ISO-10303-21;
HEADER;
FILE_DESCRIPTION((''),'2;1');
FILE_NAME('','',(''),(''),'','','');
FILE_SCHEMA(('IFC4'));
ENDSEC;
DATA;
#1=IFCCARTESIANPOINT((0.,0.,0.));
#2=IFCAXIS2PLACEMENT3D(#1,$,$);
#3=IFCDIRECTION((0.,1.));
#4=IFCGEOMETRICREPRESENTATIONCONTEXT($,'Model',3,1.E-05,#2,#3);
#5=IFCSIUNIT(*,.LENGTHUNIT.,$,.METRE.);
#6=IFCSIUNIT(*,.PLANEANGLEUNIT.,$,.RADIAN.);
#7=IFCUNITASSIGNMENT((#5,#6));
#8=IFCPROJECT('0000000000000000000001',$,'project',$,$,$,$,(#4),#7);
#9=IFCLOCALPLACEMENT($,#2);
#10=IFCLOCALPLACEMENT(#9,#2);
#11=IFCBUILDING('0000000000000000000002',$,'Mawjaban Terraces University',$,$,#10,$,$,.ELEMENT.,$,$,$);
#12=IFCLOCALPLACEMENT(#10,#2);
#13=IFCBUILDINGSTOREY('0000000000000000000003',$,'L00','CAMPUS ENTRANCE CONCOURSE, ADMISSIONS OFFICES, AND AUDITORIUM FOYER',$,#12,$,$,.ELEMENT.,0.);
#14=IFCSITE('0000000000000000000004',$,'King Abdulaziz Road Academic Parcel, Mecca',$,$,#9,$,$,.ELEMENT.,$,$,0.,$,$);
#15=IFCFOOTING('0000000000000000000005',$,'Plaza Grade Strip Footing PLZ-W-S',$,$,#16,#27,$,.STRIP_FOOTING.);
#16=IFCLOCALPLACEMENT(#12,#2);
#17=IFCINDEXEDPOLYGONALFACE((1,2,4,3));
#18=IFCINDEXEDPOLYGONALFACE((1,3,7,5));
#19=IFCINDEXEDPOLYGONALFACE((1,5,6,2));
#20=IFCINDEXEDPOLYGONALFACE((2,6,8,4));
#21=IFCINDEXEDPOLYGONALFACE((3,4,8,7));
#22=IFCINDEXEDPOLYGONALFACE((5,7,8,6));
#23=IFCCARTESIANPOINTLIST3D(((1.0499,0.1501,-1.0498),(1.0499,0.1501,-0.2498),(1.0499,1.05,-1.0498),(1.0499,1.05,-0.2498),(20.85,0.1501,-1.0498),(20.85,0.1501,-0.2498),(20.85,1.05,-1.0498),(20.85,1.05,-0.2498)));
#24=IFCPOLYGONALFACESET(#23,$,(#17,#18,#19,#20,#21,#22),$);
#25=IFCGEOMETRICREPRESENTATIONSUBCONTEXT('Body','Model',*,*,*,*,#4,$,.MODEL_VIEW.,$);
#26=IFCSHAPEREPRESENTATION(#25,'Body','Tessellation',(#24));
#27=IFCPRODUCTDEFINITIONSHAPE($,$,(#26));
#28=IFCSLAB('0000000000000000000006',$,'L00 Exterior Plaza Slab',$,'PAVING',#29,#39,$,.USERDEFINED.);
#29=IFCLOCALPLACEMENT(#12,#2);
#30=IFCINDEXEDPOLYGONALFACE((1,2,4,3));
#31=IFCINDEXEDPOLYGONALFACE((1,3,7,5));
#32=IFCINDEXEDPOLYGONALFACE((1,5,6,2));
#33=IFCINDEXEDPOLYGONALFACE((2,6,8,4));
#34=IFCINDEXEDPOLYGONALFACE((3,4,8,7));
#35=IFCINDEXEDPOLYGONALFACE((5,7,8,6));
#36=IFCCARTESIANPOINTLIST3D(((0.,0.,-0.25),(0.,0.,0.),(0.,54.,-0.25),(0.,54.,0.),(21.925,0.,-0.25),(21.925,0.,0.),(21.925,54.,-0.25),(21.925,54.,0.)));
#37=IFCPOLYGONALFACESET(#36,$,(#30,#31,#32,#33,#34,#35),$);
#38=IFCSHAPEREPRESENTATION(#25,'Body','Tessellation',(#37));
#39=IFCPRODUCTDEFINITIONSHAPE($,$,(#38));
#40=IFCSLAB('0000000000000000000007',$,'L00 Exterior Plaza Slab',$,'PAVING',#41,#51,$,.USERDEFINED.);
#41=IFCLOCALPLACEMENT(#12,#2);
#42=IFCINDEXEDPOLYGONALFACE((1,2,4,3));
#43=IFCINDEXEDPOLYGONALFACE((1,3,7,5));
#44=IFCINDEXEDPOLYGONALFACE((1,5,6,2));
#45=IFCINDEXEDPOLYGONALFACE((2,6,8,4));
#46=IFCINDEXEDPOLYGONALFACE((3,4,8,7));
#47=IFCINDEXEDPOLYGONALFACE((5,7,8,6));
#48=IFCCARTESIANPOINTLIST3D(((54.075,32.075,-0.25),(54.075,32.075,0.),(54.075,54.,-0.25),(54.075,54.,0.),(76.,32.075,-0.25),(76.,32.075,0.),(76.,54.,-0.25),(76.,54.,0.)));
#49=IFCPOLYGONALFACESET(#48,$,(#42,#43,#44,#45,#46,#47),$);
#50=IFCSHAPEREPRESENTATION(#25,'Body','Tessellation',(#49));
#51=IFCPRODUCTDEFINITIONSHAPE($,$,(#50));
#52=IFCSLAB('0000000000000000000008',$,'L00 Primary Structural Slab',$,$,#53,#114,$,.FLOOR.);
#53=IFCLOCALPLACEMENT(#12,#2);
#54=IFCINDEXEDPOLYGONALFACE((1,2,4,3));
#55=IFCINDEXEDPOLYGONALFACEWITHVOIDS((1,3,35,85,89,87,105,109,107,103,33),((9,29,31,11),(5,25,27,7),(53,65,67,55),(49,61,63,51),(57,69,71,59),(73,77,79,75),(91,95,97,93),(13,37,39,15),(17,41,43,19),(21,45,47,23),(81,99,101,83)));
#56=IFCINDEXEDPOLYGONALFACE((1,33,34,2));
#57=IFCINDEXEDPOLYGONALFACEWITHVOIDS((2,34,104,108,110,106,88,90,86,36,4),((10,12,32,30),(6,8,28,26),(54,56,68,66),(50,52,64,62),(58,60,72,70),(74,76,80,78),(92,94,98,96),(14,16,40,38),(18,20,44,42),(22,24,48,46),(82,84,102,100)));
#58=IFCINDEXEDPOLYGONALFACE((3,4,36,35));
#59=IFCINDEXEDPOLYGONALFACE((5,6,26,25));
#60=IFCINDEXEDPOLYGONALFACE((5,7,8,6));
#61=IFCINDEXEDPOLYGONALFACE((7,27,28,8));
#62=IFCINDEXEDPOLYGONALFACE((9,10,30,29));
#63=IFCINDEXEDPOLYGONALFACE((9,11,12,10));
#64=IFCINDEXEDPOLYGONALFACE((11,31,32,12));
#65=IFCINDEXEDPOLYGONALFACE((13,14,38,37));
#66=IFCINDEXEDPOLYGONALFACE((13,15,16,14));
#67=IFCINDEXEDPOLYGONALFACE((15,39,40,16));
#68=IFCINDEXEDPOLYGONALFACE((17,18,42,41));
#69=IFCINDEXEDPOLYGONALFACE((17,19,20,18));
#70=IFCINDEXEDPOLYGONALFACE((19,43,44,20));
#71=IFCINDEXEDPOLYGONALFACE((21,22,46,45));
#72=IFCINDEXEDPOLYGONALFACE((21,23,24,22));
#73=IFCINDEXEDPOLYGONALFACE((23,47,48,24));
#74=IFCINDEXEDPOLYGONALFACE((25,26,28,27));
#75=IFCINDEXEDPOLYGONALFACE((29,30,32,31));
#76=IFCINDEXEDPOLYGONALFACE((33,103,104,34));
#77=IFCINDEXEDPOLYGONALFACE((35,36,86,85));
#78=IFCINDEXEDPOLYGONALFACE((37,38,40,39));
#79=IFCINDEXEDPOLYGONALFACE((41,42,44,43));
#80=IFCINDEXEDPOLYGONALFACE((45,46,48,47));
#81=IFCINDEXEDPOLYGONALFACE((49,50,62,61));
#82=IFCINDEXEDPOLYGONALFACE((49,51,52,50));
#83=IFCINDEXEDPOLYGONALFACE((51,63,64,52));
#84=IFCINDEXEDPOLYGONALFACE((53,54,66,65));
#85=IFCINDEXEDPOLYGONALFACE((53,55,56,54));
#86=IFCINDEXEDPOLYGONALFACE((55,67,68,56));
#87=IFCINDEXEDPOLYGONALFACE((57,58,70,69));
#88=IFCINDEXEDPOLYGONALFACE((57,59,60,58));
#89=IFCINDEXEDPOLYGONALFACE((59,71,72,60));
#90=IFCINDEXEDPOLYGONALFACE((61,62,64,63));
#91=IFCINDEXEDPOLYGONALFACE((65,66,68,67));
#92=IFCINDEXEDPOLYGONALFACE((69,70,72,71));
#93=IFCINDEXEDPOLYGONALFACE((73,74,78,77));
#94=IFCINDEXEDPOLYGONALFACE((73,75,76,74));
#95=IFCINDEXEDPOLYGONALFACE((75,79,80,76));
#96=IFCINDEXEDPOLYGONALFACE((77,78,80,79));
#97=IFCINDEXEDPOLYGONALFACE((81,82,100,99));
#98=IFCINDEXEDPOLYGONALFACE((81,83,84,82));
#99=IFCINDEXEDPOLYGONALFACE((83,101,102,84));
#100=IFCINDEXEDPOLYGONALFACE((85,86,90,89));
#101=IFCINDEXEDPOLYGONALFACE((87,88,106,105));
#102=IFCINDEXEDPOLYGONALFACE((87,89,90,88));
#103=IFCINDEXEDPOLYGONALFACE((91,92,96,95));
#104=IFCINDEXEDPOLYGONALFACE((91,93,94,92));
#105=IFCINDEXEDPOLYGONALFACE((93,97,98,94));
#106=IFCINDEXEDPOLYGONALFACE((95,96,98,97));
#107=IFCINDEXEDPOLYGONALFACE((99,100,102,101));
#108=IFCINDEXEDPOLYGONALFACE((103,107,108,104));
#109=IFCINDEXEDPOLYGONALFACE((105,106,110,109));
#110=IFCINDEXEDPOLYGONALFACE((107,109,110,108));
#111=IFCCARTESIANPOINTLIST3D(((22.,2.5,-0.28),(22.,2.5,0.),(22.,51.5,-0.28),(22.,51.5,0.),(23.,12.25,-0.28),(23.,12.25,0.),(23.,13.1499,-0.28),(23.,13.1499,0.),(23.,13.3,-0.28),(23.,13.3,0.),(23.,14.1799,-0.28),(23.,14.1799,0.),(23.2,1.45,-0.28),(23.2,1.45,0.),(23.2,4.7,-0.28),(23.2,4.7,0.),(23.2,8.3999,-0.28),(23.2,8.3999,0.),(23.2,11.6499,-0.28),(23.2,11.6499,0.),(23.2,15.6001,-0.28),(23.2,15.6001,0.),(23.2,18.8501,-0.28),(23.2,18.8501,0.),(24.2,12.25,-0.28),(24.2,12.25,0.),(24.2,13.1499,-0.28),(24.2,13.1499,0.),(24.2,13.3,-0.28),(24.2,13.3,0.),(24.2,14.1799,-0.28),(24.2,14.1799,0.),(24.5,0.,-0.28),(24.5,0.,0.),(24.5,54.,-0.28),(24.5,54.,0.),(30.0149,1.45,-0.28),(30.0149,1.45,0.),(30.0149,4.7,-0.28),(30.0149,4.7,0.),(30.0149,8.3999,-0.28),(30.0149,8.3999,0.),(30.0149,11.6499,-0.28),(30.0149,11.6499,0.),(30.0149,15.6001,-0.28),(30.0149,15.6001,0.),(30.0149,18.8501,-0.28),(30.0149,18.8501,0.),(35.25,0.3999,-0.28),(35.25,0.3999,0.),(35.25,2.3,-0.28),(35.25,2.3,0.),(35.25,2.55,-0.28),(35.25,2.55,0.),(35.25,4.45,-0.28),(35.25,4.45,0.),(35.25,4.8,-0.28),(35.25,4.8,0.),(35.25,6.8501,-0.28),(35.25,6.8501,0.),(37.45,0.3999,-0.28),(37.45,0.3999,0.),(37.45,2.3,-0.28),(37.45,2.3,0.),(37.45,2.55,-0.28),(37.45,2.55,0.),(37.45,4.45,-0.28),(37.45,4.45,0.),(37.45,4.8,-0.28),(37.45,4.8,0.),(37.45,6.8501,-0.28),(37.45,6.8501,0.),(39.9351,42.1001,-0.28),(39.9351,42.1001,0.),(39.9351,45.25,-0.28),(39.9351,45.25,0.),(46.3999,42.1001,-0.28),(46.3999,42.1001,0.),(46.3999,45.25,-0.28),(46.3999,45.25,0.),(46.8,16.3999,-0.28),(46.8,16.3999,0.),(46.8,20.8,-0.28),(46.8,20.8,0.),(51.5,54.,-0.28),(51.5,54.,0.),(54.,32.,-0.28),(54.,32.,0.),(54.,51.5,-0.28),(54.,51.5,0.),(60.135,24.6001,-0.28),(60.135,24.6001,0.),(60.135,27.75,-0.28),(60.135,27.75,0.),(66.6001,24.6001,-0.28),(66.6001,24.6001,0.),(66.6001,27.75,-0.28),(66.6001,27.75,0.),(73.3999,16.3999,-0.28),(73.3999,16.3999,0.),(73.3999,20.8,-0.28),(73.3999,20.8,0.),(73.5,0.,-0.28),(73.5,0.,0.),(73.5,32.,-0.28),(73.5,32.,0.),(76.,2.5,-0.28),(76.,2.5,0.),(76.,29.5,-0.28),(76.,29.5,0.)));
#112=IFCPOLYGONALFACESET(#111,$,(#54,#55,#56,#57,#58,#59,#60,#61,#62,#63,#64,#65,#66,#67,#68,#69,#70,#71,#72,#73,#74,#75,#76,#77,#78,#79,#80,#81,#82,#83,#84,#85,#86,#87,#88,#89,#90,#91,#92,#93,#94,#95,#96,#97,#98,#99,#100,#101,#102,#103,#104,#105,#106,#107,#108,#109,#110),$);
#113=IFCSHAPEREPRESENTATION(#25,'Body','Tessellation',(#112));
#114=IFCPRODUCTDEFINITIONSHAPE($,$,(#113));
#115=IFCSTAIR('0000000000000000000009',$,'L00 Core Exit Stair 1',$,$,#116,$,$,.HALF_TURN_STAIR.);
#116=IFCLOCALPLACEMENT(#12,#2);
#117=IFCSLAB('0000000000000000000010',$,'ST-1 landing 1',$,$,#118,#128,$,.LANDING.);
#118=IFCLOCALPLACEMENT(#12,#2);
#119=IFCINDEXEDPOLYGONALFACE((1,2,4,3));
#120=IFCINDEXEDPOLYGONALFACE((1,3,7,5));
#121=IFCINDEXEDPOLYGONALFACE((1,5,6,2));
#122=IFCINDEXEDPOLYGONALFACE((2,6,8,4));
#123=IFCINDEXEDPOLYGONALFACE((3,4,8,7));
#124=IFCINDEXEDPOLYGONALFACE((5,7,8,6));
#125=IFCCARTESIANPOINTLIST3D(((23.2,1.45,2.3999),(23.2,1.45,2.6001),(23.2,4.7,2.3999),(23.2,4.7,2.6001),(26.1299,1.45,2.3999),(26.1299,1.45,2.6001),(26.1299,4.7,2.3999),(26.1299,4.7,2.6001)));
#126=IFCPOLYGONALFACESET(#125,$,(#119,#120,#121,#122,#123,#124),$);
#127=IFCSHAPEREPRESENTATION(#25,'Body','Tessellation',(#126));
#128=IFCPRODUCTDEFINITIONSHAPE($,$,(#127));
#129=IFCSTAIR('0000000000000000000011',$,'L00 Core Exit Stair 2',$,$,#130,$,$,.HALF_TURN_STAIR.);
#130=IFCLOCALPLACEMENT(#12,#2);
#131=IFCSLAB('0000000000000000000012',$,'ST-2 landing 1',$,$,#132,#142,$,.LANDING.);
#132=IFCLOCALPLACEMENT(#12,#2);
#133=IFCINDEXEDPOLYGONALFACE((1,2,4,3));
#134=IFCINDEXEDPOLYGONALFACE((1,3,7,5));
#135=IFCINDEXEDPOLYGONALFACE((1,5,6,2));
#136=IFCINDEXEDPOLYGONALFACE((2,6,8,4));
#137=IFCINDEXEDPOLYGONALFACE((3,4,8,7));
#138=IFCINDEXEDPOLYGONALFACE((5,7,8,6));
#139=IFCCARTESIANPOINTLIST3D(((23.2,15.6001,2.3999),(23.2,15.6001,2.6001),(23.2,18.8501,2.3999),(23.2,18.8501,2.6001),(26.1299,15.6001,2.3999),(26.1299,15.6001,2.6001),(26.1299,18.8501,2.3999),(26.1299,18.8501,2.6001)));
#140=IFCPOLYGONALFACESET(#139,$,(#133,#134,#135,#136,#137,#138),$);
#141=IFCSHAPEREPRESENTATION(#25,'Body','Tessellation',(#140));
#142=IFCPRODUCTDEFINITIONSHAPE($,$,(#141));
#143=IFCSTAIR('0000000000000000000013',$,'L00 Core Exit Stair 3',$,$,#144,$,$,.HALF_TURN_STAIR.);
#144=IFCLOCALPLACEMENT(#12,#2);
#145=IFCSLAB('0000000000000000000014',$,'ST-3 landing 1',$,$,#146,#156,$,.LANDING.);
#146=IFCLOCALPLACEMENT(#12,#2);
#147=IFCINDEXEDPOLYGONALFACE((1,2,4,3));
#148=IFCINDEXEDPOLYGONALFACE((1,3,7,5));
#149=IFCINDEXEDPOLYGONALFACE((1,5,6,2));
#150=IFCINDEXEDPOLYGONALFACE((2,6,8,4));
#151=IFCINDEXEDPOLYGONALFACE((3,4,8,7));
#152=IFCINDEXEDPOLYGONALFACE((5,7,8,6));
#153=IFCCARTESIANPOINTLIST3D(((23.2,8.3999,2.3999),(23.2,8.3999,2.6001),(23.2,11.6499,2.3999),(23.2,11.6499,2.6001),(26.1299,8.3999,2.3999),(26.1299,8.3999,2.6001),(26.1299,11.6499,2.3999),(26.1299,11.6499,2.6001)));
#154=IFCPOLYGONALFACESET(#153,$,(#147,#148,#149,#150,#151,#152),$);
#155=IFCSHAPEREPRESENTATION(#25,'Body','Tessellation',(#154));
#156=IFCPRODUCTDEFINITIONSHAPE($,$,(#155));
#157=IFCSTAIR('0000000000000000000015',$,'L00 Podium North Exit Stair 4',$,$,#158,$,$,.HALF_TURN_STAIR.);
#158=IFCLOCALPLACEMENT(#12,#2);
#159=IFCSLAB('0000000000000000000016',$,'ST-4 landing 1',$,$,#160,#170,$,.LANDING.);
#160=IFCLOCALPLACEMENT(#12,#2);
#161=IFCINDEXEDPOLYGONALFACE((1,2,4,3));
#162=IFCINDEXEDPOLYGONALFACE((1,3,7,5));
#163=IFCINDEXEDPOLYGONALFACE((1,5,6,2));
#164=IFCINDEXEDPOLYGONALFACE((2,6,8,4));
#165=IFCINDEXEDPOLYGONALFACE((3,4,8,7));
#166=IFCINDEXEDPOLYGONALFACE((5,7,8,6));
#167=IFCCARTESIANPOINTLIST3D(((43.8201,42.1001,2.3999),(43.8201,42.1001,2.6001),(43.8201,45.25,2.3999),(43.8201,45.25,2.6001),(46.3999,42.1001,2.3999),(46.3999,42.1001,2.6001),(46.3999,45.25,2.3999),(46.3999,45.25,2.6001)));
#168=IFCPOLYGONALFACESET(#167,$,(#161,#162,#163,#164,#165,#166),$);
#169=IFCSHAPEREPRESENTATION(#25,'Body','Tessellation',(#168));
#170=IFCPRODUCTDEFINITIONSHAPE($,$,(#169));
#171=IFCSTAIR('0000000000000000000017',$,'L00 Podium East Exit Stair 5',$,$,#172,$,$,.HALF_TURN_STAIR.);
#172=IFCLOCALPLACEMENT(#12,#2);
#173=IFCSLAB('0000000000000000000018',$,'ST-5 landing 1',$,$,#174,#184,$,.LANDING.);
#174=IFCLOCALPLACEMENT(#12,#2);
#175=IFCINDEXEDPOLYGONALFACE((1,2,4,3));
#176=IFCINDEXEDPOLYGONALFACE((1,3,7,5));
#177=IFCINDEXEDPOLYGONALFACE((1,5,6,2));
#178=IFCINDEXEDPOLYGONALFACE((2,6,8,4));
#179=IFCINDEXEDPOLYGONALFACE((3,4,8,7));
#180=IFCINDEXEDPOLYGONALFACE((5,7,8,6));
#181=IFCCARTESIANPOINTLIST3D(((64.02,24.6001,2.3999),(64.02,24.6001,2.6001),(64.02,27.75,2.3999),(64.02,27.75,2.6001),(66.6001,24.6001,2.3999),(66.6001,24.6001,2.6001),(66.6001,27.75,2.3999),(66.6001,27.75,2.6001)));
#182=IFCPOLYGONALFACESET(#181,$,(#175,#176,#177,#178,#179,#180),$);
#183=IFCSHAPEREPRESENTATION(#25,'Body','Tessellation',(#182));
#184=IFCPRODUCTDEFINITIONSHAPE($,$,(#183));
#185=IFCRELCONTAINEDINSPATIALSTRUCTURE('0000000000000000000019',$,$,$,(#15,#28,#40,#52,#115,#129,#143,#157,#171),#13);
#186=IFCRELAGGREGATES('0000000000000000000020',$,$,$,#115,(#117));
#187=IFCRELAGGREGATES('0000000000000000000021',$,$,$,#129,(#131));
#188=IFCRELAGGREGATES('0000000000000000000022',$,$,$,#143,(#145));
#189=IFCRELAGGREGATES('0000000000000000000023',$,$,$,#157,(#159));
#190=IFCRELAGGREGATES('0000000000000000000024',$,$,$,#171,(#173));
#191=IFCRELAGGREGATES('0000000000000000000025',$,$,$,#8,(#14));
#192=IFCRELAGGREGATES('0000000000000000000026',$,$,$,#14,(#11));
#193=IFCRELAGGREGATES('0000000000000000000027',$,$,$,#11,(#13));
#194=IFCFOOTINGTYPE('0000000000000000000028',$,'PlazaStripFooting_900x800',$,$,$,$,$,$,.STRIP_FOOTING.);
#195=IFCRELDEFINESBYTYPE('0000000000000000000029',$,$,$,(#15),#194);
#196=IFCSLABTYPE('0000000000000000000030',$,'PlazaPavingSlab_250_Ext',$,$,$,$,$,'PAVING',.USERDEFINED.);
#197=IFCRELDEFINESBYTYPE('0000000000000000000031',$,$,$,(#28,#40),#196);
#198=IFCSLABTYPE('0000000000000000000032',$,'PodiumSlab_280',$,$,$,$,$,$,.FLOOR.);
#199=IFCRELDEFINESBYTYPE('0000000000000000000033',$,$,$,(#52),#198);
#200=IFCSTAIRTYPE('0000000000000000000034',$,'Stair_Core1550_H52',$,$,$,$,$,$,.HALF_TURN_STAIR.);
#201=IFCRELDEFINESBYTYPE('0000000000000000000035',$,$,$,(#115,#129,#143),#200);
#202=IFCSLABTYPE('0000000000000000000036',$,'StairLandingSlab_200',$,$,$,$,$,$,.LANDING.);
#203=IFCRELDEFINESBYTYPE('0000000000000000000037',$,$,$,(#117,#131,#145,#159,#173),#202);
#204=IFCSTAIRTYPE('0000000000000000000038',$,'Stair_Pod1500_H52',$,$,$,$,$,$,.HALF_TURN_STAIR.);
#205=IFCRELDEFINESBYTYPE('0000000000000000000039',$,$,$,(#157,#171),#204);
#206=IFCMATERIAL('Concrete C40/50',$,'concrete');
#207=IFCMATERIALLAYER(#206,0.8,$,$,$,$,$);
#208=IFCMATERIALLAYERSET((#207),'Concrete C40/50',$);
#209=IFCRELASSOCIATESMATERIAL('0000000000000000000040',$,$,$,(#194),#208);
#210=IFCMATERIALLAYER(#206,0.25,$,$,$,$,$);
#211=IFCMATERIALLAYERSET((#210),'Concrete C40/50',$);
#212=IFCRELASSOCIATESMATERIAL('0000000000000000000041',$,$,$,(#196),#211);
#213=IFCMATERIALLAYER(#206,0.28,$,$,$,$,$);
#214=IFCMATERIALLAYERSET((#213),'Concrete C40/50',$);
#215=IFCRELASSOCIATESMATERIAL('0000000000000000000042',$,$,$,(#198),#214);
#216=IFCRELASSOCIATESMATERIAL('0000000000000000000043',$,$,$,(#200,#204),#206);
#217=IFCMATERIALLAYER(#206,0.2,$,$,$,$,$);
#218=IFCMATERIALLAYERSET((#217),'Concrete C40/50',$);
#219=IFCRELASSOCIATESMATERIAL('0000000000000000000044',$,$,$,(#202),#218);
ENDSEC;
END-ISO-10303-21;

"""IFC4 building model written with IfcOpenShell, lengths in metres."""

from ifc_helpers import new_model, si_unit, direction, frame, origin, origin_2d, place, context, subcontext, project, spatial, polyline, rectangle, outline, extrude, material, layer, layer_set, type_object, element, aggregate, save


model = new_model("IFC4")

# Units and contexts
model_context = context("Model", 3, precision=1e-05, world=origin(), true_north=direction((0.0, 1.0)))
body_context = subcontext(model_context, "Body", "Model", "MODEL_VIEW")
ifc_project = project(units=[si_unit("LENGTHUNIT", "METRE"), si_unit("PLANEANGLEUNIT", "RADIAN")], contexts=[model_context])

# Site, building, storey
site_placement = place(None, origin())
site = spatial("IfcSite", under=ifc_project, at=site_placement, Name="King Abdulaziz Road Academic Parcel, Mecca", CompositionType="ELEMENT", RefElevation=0.0)
building_placement = place(site_placement, origin())
building = spatial("IfcBuilding", under=site, at=building_placement, Name="Mawjaban Terraces University", CompositionType="ELEMENT")
storey_placement = place(building_placement, origin())
storey = spatial("IfcBuildingStorey", under=building, at=storey_placement, Name="L00", Description="CAMPUS ENTRANCE CONCOURSE, ADMISSIONS OFFICES, AND AUDITORIUM FOYER", CompositionType="ELEMENT", Elevation=0.0)

# Footing
ifc_material_1 = material(Name="Concrete C40/50", Category="concrete")
ifc_layer_1 = layer(ifc_material_1, 0.8)
ifc_layer_set_1 = layer_set([ifc_layer_1], Name="Concrete C40/50")
footing_type = type_object("IfcFootingType", Name="PlazaStripFooting_900x800", PredefinedType="STRIP_FOOTING", material=ifc_layer_set_1)
footing_placement = place(storey_placement, frame((10.95, 0.6001, -1.0498), z_axis=(0.0, 0.0, 1.0), x_axis=(1.0, 0.0, 0.0)))
element("IfcFooting", 1, at=footing_placement, inside=storey, type_object=footing_type, Name="Plaza Grade Strip Footing PLZ-W-S", PredefinedType="STRIP_FOOTING", context=body_context, shape_type="SweptSolid", body=[
    extrude(rectangle(XDim=19.8, YDim=0.8999, at=origin_2d()), origin(), (0.0, 0.0, 1.0), 0.8),
])

# Slabs
ifc_layer_2 = layer(ifc_material_1, 0.25)
ifc_layer_set_2 = layer_set([ifc_layer_2], Name="Concrete C40/50")
slab_type_1 = type_object("IfcSlabType", Name="PlazaPavingSlab_250_Ext", ElementType="PAVING", PredefinedType="USERDEFINED", material=ifc_layer_set_2)
slab_1_placement = place(storey_placement, frame((0.0, 0.0, -0.25)))
element("IfcSlab", 2, at=slab_1_placement, inside=storey, type_object=slab_type_1, Name="L00 Exterior Plaza Slab", ObjectType="PAVING", PredefinedType="USERDEFINED", context=body_context, shape_type="SweptSolid", body=[
    extrude(outline(polyline([(0.0, 0.0), (21.925, 0.0), (21.925, 54.0), (0.0, 54.0), (0.0, 0.0)])), origin(), (0.0, 0.0, 1.0), 0.25),
])
slab_2_placement = place(storey_placement, frame((0.0, 0.0, -0.25)))
element("IfcSlab", 3, at=slab_2_placement, inside=storey, type_object=slab_type_1, Name="L00 Exterior Plaza Slab", ObjectType="PAVING", PredefinedType="USERDEFINED", context=body_context, shape_type="SweptSolid", body=[
    extrude(outline(polyline([(54.075, 32.075), (76.0, 32.075), (76.0, 54.0), (54.075, 54.0), (54.075, 32.075)])), origin(), (0.0, 0.0, 1.0), 0.25),
])
ifc_layer_3 = layer(ifc_material_1, 0.28)
ifc_layer_set_3 = layer_set([ifc_layer_3], Name="Concrete C40/50")
slab_type_2 = type_object("IfcSlabType", Name="PodiumSlab_280", PredefinedType="FLOOR", material=ifc_layer_set_3)
slab_3_placement = place(storey_placement, frame((0.0, 0.0, -0.28)))
element("IfcSlab", 4, at=slab_3_placement, inside=storey, type_object=slab_type_2, Name="L00 Primary Structural Slab", PredefinedType="FLOOR", context=body_context, shape_type="SweptSolid", body=[
    extrude(outline(polyline([(24.5, 0.0), (73.5, 0.0), (76.0, 2.5), (76.0, 29.5), (73.5, 32.0), (54.0, 32.0), (54.0, 51.5), (51.5, 54.0), (24.5, 54.0), (22.0, 51.5), (22.0, 2.5), (24.5, 0.0)]), holes=[polyline([(30.0149, 4.7), (23.2, 4.7), (23.2, 1.45), (30.0149, 1.45), (30.0149, 4.7)]), polyline([(30.0149, 18.8501), (23.2, 18.8501), (23.2, 15.6001), (30.0149, 15.6001), (30.0149, 18.8501)]), polyline([(30.0149, 11.6499), (23.2, 11.6499), (23.2, 8.3999), (30.0149, 8.3999), (30.0149, 11.6499)]), polyline([(39.9351, 42.1001), (46.3999, 42.1001), (46.3999, 45.25), (39.9351, 45.25), (39.9351, 42.1001)]), polyline([(60.135, 24.6001), (66.6001, 24.6001), (66.6001, 27.75), (60.135, 27.75), (60.135, 24.6001)]), polyline([(35.25, 0.3999), (37.45, 0.3999), (37.45, 2.3), (35.25, 2.3), (35.25, 0.3999)]), polyline([(35.25, 2.55), (37.45, 2.55), (37.45, 4.45), (35.25, 4.45), (35.25, 2.55)]), polyline([(35.25, 4.8), (37.45, 4.8), (37.45, 6.8501), (35.25, 6.8501), (35.25, 4.8)]), polyline([(23.0, 12.25), (24.2, 12.25), (24.2, 13.1499), (23.0, 13.1499), (23.0, 12.25)]), polyline([(23.0, 13.3), (24.2, 13.3), (24.2, 14.1799), (23.0, 14.1799), (23.0, 13.3)]), polyline([(46.8, 16.3999), (73.3999, 16.3999), (73.3999, 20.8), (46.8, 20.8), (46.8, 16.3999)])]), origin(), (0.0, 0.0, 1.0), 0.28),
])

# Stairs, slabs
stair_type_1 = type_object("IfcStairType", Name="Stair_Core1550_H52", PredefinedType="HALF_TURN_STAIR", material=ifc_material_1)
stair_1_placement = place(storey_placement, origin())
stair_1 = element("IfcStair", 5, at=stair_1_placement, inside=storey, type_object=stair_type_1, Name="L00 Core Exit Stair 1", PredefinedType="HALF_TURN_STAIR")
ifc_layer_4 = layer(ifc_material_1, 0.2)
ifc_layer_set_4 = layer_set([ifc_layer_4], Name="Concrete C40/50")
slab_type_3 = type_object("IfcSlabType", Name="StairLandingSlab_200", PredefinedType="LANDING", material=ifc_layer_set_4)
slab_4_placement = place(storey_placement, frame((0.0, 0.0, 2.3999)))
slab_4 = element("IfcSlab", 6, at=slab_4_placement, type_object=slab_type_3, Name="ST-1 landing 1", PredefinedType="LANDING", context=body_context, shape_type="SweptSolid", body=[
    extrude(outline(polyline([(26.1299, 4.7), (23.2, 4.7), (23.2, 1.45), (26.1299, 1.45), (26.1299, 4.7)])), origin(), (0.0, 0.0, 1.0), 0.2002),
])
aggregate(stair_1, [slab_4])
stair_2_placement = place(storey_placement, origin())
stair_2 = element("IfcStair", 7, at=stair_2_placement, inside=storey, type_object=stair_type_1, Name="L00 Core Exit Stair 2", PredefinedType="HALF_TURN_STAIR")
slab_5_placement = place(storey_placement, frame((0.0, 0.0, 2.3999)))
slab_5 = element("IfcSlab", 8, at=slab_5_placement, type_object=slab_type_3, Name="ST-2 landing 1", PredefinedType="LANDING", context=body_context, shape_type="SweptSolid", body=[
    extrude(outline(polyline([(26.1299, 18.8501), (23.2, 18.8501), (23.2, 15.6001), (26.1299, 15.6001), (26.1299, 18.8501)])), origin(), (0.0, 0.0, 1.0), 0.2002),
])
aggregate(stair_2, [slab_5])
stair_3_placement = place(storey_placement, origin())
stair_3 = element("IfcStair", 9, at=stair_3_placement, inside=storey, type_object=stair_type_1, Name="L00 Core Exit Stair 3", PredefinedType="HALF_TURN_STAIR")
slab_6_placement = place(storey_placement, frame((0.0, 0.0, 2.3999)))
slab_6 = element("IfcSlab", 10, at=slab_6_placement, type_object=slab_type_3, Name="ST-3 landing 1", PredefinedType="LANDING", context=body_context, shape_type="SweptSolid", body=[
    extrude(outline(polyline([(26.1299, 11.6499), (23.2, 11.6499), (23.2, 8.3999), (26.1299, 8.3999), (26.1299, 11.6499)])), origin(), (0.0, 0.0, 1.0), 0.2002),
])
aggregate(stair_3, [slab_6])
stair_type_2 = type_object("IfcStairType", Name="Stair_Pod1500_H52", PredefinedType="HALF_TURN_STAIR", material=ifc_material_1)
stair_4_placement = place(storey_placement, origin())
stair_4 = element("IfcStair", 11, at=stair_4_placement, inside=storey, type_object=stair_type_2, Name="L00 Podium North Exit Stair 4", PredefinedType="HALF_TURN_STAIR")
slab_7_placement = place(storey_placement, frame((0.0, 0.0, 2.3999)))
slab_7 = element("IfcSlab", 12, at=slab_7_placement, type_object=slab_type_3, Name="ST-4 landing 1", PredefinedType="LANDING", context=body_context, shape_type="SweptSolid", body=[
    extrude(outline(polyline([(43.8201, 42.1001), (46.3999, 42.1001), (46.3999, 45.25), (43.8201, 45.25), (43.8201, 42.1001)])), origin(), (0.0, 0.0, 1.0), 0.2002),
])
aggregate(stair_4, [slab_7])
stair_5_placement = place(storey_placement, origin())
stair_5 = element("IfcStair", 13, at=stair_5_placement, inside=storey, type_object=stair_type_2, Name="L00 Podium East Exit Stair 5", PredefinedType="HALF_TURN_STAIR")
slab_8_placement = place(storey_placement, frame((0.0, 0.0, 2.3999)))
slab_8 = element("IfcSlab", 14, at=slab_8_placement, type_object=slab_type_3, Name="ST-5 landing 1", PredefinedType="LANDING", context=body_context, shape_type="SweptSolid", body=[
    extrude(outline(polyline([(64.02, 24.6001), (66.6001, 24.6001), (66.6001, 27.75), (64.02, 27.75), (64.02, 24.6001)])), origin(), (0.0, 0.0, 1.0), 0.2002),
])
aggregate(stair_5, [slab_8])

save(model, "model.ifc")
